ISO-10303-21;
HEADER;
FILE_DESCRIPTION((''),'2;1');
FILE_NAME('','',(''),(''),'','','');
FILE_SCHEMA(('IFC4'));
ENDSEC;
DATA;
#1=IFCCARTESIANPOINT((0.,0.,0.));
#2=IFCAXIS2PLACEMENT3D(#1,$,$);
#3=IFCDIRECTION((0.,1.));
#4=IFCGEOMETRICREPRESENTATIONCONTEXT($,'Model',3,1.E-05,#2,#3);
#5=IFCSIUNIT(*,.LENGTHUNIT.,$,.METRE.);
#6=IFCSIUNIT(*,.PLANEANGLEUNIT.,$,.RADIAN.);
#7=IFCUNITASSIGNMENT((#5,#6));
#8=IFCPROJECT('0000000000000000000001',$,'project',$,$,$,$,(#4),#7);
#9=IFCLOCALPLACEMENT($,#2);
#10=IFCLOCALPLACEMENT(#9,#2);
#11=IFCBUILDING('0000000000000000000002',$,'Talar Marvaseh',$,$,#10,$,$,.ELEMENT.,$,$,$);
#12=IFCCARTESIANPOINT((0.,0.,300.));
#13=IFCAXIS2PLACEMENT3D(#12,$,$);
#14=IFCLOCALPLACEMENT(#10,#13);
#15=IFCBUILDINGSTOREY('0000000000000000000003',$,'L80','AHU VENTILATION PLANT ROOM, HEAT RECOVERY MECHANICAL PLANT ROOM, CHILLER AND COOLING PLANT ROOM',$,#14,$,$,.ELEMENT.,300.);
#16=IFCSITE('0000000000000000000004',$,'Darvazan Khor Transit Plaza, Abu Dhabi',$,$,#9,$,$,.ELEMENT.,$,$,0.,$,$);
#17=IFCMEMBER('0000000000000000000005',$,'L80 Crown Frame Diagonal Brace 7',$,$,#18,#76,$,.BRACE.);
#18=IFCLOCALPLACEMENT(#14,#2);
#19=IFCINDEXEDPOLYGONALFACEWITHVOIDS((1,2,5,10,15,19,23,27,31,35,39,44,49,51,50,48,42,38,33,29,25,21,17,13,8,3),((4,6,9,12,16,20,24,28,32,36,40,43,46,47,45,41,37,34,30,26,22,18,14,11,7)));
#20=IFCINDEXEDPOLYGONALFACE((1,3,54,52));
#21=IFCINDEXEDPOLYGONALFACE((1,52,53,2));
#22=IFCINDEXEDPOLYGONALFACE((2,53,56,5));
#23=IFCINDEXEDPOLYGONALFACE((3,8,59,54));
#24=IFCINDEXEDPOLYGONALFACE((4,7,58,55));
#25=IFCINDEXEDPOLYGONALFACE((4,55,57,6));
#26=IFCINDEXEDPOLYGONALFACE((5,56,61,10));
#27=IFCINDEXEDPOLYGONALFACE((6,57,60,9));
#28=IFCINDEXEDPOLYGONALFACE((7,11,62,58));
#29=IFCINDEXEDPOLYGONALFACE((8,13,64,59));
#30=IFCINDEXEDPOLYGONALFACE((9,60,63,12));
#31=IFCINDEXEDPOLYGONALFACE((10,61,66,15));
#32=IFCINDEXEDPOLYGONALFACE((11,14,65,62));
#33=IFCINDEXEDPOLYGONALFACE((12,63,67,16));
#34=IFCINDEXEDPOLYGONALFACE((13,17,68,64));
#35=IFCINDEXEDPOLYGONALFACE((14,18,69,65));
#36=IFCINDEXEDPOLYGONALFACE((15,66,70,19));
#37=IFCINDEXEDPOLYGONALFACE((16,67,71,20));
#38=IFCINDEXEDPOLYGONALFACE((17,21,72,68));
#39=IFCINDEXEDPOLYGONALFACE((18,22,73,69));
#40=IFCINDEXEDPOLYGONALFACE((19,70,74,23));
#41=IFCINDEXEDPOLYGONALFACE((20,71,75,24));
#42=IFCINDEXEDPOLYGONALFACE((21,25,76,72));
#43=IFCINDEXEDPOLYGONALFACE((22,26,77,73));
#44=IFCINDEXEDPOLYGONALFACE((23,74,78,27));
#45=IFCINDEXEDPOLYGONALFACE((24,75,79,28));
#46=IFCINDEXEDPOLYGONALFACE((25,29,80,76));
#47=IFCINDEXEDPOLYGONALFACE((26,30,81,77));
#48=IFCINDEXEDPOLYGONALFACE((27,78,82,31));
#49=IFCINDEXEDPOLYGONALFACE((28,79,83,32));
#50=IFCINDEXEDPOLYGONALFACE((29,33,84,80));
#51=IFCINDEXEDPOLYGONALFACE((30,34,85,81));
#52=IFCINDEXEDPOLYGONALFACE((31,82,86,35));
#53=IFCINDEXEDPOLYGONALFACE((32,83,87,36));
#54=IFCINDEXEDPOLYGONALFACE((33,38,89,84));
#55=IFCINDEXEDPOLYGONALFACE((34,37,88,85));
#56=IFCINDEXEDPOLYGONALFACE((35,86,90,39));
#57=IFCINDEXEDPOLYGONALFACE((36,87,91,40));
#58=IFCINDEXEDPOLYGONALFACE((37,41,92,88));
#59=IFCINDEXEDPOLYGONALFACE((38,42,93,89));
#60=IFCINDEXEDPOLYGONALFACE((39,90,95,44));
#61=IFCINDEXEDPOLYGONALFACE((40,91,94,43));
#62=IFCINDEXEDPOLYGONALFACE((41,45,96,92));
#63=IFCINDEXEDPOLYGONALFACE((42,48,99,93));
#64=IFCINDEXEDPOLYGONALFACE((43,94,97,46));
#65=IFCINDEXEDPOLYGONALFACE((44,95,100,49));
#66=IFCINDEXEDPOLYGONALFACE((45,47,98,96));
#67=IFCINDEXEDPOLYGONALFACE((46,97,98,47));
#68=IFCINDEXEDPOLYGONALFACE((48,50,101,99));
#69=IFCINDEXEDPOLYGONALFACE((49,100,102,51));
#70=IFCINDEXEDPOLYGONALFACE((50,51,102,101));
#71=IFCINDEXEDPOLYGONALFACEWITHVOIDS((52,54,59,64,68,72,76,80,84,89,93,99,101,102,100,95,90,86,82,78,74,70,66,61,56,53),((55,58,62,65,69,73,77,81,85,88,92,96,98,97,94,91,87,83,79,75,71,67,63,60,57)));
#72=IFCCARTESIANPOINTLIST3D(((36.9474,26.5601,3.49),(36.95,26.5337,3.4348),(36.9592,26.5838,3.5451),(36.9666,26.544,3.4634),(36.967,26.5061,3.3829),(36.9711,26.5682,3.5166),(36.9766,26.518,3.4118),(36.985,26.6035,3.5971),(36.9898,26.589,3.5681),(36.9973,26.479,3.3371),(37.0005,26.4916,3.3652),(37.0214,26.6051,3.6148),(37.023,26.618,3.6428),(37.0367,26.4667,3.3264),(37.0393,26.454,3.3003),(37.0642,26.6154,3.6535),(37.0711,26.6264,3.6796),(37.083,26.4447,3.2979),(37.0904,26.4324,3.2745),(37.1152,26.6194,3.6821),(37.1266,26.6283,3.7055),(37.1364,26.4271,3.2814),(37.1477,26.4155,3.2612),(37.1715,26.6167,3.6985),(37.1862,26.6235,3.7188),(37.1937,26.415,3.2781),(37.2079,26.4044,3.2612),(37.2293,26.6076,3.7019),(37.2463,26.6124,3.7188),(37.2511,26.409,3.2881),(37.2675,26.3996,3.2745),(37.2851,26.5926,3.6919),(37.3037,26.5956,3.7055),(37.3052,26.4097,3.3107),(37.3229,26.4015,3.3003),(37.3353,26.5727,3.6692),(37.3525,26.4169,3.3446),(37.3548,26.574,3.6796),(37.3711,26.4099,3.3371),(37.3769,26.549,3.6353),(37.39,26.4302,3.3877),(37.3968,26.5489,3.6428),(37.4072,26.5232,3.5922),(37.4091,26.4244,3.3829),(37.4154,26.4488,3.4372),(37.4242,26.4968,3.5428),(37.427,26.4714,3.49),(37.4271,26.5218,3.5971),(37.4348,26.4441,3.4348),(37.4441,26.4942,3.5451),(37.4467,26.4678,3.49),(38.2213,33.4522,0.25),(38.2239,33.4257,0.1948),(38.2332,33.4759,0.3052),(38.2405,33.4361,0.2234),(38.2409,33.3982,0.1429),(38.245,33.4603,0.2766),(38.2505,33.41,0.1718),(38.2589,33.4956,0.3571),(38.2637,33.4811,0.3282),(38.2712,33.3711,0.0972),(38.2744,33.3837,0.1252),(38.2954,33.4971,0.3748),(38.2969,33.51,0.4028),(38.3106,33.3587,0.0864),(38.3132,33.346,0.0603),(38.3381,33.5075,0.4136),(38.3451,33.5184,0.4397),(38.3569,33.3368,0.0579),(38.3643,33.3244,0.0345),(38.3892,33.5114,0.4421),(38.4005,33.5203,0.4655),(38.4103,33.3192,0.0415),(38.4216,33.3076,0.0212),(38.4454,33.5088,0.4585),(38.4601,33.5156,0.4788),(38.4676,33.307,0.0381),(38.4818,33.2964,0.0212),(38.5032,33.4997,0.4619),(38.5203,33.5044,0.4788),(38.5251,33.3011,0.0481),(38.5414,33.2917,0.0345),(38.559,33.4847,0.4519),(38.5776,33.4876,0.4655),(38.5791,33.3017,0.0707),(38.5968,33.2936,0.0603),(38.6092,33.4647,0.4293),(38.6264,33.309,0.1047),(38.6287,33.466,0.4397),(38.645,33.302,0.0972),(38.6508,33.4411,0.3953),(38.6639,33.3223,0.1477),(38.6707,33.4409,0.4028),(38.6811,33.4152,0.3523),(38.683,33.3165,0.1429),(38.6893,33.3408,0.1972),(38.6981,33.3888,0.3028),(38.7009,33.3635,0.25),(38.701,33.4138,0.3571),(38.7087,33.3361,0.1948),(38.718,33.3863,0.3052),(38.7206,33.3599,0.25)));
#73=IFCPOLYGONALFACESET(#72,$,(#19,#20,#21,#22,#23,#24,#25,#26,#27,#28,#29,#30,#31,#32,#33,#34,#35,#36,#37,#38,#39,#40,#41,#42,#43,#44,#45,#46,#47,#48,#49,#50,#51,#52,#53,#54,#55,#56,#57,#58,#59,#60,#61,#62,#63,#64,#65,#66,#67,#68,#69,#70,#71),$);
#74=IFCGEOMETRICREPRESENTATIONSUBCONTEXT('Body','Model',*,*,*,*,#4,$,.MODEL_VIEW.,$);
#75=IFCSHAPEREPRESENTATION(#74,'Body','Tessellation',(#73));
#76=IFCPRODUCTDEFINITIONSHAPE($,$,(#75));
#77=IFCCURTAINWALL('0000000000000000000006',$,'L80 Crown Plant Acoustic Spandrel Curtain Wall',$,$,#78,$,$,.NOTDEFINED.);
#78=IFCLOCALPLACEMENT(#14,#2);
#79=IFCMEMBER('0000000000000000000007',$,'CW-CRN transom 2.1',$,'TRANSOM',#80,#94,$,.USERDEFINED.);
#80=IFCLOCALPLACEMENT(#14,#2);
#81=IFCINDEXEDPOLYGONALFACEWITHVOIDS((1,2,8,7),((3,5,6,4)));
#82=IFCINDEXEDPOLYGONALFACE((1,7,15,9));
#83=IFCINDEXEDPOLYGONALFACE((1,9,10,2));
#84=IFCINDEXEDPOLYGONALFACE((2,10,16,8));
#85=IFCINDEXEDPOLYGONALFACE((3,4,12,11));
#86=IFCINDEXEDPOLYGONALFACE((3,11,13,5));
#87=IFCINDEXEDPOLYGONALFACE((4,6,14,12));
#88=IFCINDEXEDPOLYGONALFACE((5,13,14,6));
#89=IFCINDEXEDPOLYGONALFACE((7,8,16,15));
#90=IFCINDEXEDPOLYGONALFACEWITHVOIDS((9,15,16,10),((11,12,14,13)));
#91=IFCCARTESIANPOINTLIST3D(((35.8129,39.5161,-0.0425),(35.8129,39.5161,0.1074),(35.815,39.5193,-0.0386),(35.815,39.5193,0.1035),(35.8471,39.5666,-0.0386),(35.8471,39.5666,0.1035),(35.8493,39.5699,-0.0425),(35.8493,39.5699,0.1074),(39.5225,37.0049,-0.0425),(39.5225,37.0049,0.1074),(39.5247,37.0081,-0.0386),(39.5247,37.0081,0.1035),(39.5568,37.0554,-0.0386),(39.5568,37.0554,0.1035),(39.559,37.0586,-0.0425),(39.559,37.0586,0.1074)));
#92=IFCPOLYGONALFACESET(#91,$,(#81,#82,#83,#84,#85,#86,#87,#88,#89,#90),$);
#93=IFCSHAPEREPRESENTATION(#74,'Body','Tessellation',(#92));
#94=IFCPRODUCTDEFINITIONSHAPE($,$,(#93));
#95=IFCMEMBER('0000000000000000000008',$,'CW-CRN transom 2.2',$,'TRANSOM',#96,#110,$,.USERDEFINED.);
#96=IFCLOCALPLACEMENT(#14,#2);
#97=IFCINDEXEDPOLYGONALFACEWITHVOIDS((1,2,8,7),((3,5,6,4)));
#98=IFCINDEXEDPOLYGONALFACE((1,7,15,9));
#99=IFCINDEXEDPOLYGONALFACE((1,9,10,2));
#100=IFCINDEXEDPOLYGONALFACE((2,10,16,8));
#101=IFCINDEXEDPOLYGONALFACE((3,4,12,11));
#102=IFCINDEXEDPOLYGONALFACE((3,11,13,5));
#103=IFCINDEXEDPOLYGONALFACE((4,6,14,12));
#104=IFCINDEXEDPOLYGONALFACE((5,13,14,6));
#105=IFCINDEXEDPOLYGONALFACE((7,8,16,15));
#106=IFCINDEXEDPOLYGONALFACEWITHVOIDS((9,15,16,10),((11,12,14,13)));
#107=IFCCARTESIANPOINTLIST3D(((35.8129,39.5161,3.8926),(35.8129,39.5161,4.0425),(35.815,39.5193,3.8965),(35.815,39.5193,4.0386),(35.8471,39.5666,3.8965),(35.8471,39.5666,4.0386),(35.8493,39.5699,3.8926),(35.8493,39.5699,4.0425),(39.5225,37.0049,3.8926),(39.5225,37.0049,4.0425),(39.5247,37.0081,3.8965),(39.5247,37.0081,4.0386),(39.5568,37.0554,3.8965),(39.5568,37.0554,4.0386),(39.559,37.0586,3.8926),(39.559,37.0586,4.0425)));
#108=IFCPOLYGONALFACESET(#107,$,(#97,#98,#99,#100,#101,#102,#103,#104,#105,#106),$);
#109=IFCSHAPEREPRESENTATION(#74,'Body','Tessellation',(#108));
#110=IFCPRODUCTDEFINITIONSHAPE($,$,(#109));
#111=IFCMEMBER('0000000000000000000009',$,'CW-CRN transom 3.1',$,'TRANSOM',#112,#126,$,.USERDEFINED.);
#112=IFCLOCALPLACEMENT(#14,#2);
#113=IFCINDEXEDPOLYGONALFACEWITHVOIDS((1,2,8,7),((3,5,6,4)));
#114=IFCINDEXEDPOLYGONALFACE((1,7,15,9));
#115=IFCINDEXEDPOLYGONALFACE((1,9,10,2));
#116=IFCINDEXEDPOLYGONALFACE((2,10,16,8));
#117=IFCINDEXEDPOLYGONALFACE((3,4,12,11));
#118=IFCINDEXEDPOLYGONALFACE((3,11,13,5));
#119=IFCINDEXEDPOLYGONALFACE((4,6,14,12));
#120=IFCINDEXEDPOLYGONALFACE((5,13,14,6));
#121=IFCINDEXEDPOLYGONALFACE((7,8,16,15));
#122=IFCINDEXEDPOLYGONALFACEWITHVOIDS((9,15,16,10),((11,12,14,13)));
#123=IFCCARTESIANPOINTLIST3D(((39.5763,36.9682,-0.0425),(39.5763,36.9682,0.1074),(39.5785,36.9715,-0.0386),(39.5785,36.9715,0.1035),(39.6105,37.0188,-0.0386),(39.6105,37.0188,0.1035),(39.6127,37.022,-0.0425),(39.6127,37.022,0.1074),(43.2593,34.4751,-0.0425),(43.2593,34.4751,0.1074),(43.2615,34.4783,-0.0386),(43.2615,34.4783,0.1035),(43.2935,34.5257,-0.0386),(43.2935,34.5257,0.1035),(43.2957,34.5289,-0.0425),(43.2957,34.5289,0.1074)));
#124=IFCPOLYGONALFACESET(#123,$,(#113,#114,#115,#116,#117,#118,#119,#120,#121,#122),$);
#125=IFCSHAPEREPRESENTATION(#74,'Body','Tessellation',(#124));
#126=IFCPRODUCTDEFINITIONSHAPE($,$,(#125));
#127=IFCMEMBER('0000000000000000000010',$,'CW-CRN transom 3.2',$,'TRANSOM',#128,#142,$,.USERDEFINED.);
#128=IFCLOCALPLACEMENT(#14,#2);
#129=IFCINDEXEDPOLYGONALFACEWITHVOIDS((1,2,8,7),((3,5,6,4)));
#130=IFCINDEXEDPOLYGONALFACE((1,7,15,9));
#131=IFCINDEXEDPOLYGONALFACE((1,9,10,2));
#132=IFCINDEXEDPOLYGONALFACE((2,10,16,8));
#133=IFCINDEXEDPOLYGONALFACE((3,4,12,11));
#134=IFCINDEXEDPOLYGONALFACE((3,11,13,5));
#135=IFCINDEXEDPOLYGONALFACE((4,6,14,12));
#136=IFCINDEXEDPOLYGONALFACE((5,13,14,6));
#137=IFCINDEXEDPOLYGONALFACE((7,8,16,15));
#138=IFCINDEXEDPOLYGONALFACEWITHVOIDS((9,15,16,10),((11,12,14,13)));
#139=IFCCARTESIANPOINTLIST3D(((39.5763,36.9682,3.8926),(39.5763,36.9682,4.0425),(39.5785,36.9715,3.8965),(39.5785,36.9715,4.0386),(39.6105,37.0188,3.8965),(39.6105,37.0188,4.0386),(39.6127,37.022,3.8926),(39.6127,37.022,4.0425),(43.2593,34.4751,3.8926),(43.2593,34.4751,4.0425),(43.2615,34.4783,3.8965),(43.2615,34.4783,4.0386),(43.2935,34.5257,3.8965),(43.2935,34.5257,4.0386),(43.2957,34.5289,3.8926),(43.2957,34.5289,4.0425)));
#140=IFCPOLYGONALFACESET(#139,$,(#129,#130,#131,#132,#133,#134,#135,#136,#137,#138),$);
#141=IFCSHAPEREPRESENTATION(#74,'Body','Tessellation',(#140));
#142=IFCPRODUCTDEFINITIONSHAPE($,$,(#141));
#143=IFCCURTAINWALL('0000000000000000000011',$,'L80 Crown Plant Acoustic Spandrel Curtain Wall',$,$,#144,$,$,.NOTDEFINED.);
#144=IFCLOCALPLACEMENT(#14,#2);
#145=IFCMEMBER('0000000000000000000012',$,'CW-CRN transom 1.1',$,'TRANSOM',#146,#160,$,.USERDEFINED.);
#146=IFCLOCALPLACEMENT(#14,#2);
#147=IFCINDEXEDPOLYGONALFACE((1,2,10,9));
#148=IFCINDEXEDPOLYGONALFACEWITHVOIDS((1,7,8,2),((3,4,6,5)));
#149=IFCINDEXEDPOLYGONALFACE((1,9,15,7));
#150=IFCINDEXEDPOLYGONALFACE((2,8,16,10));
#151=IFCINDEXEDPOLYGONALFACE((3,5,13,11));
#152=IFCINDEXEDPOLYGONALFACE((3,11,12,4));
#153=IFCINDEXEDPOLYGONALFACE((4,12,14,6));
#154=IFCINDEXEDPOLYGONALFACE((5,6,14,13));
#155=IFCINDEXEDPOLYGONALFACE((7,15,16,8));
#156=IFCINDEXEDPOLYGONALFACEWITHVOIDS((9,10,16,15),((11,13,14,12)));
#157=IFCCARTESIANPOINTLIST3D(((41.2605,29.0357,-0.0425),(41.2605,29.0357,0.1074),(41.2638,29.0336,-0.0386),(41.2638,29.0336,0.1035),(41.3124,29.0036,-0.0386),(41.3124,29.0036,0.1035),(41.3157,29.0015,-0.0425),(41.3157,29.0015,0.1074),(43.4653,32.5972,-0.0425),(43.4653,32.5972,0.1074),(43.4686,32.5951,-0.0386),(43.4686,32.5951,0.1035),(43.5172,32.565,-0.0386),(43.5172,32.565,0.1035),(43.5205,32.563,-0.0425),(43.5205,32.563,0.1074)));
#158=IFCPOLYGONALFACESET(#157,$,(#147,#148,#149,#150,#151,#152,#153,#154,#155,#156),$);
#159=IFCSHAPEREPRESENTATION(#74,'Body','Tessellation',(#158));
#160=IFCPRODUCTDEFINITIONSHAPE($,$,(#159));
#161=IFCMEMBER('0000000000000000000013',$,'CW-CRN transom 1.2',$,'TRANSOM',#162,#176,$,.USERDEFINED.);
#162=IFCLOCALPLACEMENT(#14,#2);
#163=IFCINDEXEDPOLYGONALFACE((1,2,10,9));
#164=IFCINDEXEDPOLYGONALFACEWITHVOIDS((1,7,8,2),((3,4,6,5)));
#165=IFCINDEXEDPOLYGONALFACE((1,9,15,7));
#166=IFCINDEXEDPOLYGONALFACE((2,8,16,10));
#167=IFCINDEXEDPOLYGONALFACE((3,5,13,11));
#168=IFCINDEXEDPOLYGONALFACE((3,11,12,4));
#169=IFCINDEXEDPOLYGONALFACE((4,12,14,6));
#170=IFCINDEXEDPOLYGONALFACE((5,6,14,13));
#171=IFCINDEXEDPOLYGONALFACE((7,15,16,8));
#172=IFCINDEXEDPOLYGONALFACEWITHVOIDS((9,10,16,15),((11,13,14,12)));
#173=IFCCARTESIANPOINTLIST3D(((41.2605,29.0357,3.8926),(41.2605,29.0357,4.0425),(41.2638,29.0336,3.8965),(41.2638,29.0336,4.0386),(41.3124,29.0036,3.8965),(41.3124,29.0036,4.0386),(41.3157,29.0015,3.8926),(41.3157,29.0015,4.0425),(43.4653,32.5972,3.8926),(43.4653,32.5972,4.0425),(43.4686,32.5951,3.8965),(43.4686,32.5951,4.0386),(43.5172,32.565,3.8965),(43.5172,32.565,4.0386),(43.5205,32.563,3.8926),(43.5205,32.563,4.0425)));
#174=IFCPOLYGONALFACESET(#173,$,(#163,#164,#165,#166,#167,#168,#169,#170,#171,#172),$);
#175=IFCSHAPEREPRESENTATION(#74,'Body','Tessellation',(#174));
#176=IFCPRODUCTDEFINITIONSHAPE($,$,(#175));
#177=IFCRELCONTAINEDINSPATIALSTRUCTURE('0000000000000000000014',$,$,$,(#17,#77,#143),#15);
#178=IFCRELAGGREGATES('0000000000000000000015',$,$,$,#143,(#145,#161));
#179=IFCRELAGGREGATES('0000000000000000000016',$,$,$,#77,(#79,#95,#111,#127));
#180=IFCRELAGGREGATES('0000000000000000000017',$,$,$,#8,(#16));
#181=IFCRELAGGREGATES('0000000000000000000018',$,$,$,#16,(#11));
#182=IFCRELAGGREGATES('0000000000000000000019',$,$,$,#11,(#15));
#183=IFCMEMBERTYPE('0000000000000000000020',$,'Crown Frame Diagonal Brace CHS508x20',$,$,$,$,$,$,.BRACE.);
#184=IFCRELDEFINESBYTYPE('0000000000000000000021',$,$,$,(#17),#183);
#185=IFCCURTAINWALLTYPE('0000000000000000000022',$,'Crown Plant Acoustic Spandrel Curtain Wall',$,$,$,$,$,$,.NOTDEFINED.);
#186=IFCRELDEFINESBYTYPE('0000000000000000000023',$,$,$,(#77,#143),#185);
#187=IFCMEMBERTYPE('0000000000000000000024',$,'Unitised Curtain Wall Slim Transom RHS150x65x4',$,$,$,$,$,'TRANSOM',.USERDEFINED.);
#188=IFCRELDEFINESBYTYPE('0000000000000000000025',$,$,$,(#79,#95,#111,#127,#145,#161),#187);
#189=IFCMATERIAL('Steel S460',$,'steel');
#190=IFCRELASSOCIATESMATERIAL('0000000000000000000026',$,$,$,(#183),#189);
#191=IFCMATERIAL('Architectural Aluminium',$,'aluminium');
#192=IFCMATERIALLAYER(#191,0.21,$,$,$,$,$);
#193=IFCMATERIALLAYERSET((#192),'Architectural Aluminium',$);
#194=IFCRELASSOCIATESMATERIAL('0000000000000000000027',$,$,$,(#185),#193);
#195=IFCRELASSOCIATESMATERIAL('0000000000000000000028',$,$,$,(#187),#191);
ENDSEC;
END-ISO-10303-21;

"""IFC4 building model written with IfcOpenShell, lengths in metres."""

from ifc_helpers import new_model, si_unit, direction, frame, origin, origin_2d, place, context, subcontext, project, spatial, hollow_rectangle, hollow_circle, extrude, source, transform, mapped, material, layer, layer_set, material_profile, profile_set, type_object, type_shapes, element, aggregate, save


model = new_model("IFC4")

# Units and contexts
model_context = context("Model", 3, precision=1e-05, world=origin(), true_north=direction((0.0, 1.0)))
body_context = subcontext(model_context, "Body", "Model", "MODEL_VIEW")
ifc_project = project(units=[si_unit("LENGTHUNIT", "METRE"), si_unit("PLANEANGLEUNIT", "RADIAN")], contexts=[model_context])

# Site, building, storey
site_placement = place(None, origin())
site = spatial("IfcSite", under=ifc_project, at=site_placement, Name="Darvazan Khor Transit Plaza, Abu Dhabi", CompositionType="ELEMENT", RefElevation=0.0)
building_placement = place(site_placement, origin())
building = spatial("IfcBuilding", under=site, at=building_placement, Name="Talar Marvaseh", CompositionType="ELEMENT")
storey_placement = place(building_placement, frame((0.0, 0.0, 300.0)))
storey = spatial("IfcBuildingStorey", under=building, at=storey_placement, Name="L80", Description="AHU VENTILATION PLANT ROOM, HEAT RECOVERY MECHANICAL PLANT ROOM, CHILLER AND COOLING PLANT ROOM", CompositionType="ELEMENT", Elevation=300.0)

# Shared definitions
ifc_material_1 = material(Name="Steel S460", Category="steel")

# Member
ifc_material_profile_1 = material_profile(ifc_material_1, hollow_circle(Radius=0.2539, WallThickness=0.02, at=origin_2d()), Name="CHS508x20")
ifc_profile_set_1 = profile_set([ifc_material_profile_1], Name="Steel S460")
member_type_1 = type_object("IfcMemberType", Name="Crown Frame Diagonal Brace CHS508x20", PredefinedType="BRACE", material=ifc_profile_set_1)
shared_shape_1 = source(origin(), body_context, "Body", "SweptSolid", [
    extrude(hollow_circle(Radius=0.2539, WallThickness=0.02, at=origin_2d()), origin(), (0.0, 0.0, 1.0), 7.7214),
])
type_shapes(member_type_1, [shared_shape_1])
member_1_placement = place(storey_placement, frame((38.4709, 33.406, 0.25), z_axis=(-0.164985, -0.892586, 0.419607), x_axis=(0.983343, -0.18176, 0.0)))
element("IfcMember", 1, at=member_1_placement, inside=storey, type_object=member_type_1, Name="L80 Crown Frame Diagonal Brace 7", PredefinedType="BRACE", context=body_context, shape_type="MappedRepresentation", body=[
    mapped(shared_shape_1, transform((0.0, 0.0, 0.0), x_axis=(1.0, 0.0, 0.0), y_axis=(0.0, 1.0, 0.0), z_axis=(0.0, 0.0, 1.0), scale=1.0)),
])

# Curtain walls, members
ifc_material_2 = material(Name="Architectural Aluminium", Category="aluminium")
ifc_layer_1 = layer(ifc_material_2, 0.21)
ifc_layer_set_1 = layer_set([ifc_layer_1], Name="Architectural Aluminium")
curtain_wall_type = type_object("IfcCurtainWallType", Name="Crown Plant Acoustic Spandrel Curtain Wall", PredefinedType="NOTDEFINED", material=ifc_layer_set_1)
curtain_wall_1_placement = place(storey_placement, origin())
curtain_wall_1 = element("IfcCurtainWall", 2, at=curtain_wall_1_placement, inside=storey, type_object=curtain_wall_type, Name="L80 Crown Plant Acoustic Spandrel Curtain Wall", PredefinedType="NOTDEFINED")
ifc_material_profile_2 = material_profile(ifc_material_2, hollow_rectangle(XDim=0.0649, YDim=0.1499, WallThickness=0.0039, at=origin_2d()), Name="RHS150x65x4")
ifc_profile_set_2 = profile_set([ifc_material_profile_2], Name="Architectural Aluminium")
member_type_2 = type_object("IfcMemberType", Name="Unitised Curtain Wall Slim Transom RHS150x65x4", ElementType="TRANSOM", PredefinedType="USERDEFINED", material=ifc_profile_set_2)
shared_shape_2 = source(origin(), body_context, "Body", "SweptSolid", [
    extrude(hollow_rectangle(XDim=0.0649, YDim=0.1499, WallThickness=0.0039, at=origin_2d()), origin(), (0.0, 0.0, 1.0), 4.4797),
])
member_2_placement = place(storey_placement, frame((35.8311, 39.543, 0.0325), z_axis=(0.828106, -0.560572, 0.0), x_axis=(0.560572, 0.828106, 0.0)))
member_2 = element("IfcMember", 3, at=member_2_placement, type_object=member_type_2, Name="CW-CRN transom 2.1", ObjectType="TRANSOM", PredefinedType="USERDEFINED", context=body_context, shape_type="MappedRepresentation", body=[
    mapped(shared_shape_2, transform((0.0, 0.0, 0.0), x_axis=(1.0, 0.0, 0.0), y_axis=(0.0, 1.0, 0.0), z_axis=(0.0, 0.0, 1.0), scale=1.0)),
])
member_3_placement = place(storey_placement, frame((35.8311, 39.543, 3.9675), z_axis=(0.828106, -0.560572, 0.0), x_axis=(0.560572, 0.828106, 0.0)))
member_3 = element("IfcMember", 4, at=member_3_placement, type_object=member_type_2, Name="CW-CRN transom 2.2", ObjectType="TRANSOM", PredefinedType="USERDEFINED", context=body_context, shape_type="MappedRepresentation", body=[
    mapped(shared_shape_2, transform((0.0, 0.0, 0.0), x_axis=(1.0, 0.0, 0.0), y_axis=(0.0, 1.0, 0.0), z_axis=(0.0, 0.0, 1.0), scale=1.0)),
])
shared_shape_3 = source(origin(), body_context, "Body", "SweptSolid", [
    extrude(hollow_rectangle(XDim=0.0649, YDim=0.1499, WallThickness=0.0039, at=origin_2d()), origin(), (0.0, 0.0, 1.0), 4.4475),
])
member_4_placement = place(storey_placement, frame((39.5945, 36.9951, 0.0325), z_axis=(0.828111, -0.560564, 0.0), x_axis=(0.560564, 0.828111, 0.0)))
member_4 = element("IfcMember", 5, at=member_4_placement, type_object=member_type_2, Name="CW-CRN transom 3.1", ObjectType="TRANSOM", PredefinedType="USERDEFINED", context=body_context, shape_type="MappedRepresentation", body=[
    mapped(shared_shape_3, transform((0.0, 0.0, 0.0), x_axis=(1.0, 0.0, 0.0), y_axis=(0.0, 1.0, 0.0), z_axis=(0.0, 0.0, 1.0), scale=1.0)),
])
member_5_placement = place(storey_placement, frame((39.5945, 36.9951, 3.9675), z_axis=(0.828111, -0.560564, 0.0), x_axis=(0.560564, 0.828111, 0.0)))
member_5 = element("IfcMember", 6, at=member_5_placement, type_object=member_type_2, Name="CW-CRN transom 3.2", ObjectType="TRANSOM", PredefinedType="USERDEFINED", context=body_context, shape_type="MappedRepresentation", body=[
    mapped(shared_shape_3, transform((0.0, 0.0, 0.0), x_axis=(1.0, 0.0, 0.0), y_axis=(0.0, 1.0, 0.0), z_axis=(0.0, 0.0, 1.0), scale=1.0)),
])
curtain_wall_2_placement = place(storey_placement, origin())
curtain_wall_2 = element("IfcCurtainWall", 7, at=curtain_wall_2_placement, inside=storey, type_object=curtain_wall_type, Name="L80 Crown Plant Acoustic Spandrel Curtain Wall", PredefinedType="NOTDEFINED")
shared_shape_4 = source(origin(), body_context, "Body", "SweptSolid", [
    extrude(hollow_rectangle(XDim=0.0649, YDim=0.1499, WallThickness=0.0039, at=origin_2d()), origin(), (0.0, 0.0, 1.0), 4.1887),
])
type_shapes(member_type_2, [shared_shape_2, shared_shape_3, shared_shape_4])
member_6_placement = place(storey_placement, frame((43.4929, 32.5801, 0.0325), z_axis=(-0.526369, -0.850256, 0.0), x_axis=(0.850256, -0.526369, 0.0)))
member_6 = element("IfcMember", 8, at=member_6_placement, type_object=member_type_2, Name="CW-CRN transom 1.1", ObjectType="TRANSOM", PredefinedType="USERDEFINED", context=body_context, shape_type="MappedRepresentation", body=[
    mapped(shared_shape_4, transform((0.0, 0.0, 0.0), x_axis=(1.0, 0.0, 0.0), y_axis=(0.0, 1.0, 0.0), z_axis=(0.0, 0.0, 1.0), scale=1.0)),
])
member_7_placement = place(storey_placement, frame((43.4929, 32.5801, 3.9675), z_axis=(-0.526369, -0.850256, 0.0), x_axis=(0.850256, -0.526369, 0.0)))
member_7 = element("IfcMember", 9, at=member_7_placement, type_object=member_type_2, Name="CW-CRN transom 1.2", ObjectType="TRANSOM", PredefinedType="USERDEFINED", context=body_context, shape_type="MappedRepresentation", body=[
    mapped(shared_shape_4, transform((0.0, 0.0, 0.0), x_axis=(1.0, 0.0, 0.0), y_axis=(0.0, 1.0, 0.0), z_axis=(0.0, 0.0, 1.0), scale=1.0)),
])

aggregate(curtain_wall_2, [member_6, member_7])

aggregate(curtain_wall_1, [member_2, member_3, member_4, member_5])

save(model, "model.ifc")
